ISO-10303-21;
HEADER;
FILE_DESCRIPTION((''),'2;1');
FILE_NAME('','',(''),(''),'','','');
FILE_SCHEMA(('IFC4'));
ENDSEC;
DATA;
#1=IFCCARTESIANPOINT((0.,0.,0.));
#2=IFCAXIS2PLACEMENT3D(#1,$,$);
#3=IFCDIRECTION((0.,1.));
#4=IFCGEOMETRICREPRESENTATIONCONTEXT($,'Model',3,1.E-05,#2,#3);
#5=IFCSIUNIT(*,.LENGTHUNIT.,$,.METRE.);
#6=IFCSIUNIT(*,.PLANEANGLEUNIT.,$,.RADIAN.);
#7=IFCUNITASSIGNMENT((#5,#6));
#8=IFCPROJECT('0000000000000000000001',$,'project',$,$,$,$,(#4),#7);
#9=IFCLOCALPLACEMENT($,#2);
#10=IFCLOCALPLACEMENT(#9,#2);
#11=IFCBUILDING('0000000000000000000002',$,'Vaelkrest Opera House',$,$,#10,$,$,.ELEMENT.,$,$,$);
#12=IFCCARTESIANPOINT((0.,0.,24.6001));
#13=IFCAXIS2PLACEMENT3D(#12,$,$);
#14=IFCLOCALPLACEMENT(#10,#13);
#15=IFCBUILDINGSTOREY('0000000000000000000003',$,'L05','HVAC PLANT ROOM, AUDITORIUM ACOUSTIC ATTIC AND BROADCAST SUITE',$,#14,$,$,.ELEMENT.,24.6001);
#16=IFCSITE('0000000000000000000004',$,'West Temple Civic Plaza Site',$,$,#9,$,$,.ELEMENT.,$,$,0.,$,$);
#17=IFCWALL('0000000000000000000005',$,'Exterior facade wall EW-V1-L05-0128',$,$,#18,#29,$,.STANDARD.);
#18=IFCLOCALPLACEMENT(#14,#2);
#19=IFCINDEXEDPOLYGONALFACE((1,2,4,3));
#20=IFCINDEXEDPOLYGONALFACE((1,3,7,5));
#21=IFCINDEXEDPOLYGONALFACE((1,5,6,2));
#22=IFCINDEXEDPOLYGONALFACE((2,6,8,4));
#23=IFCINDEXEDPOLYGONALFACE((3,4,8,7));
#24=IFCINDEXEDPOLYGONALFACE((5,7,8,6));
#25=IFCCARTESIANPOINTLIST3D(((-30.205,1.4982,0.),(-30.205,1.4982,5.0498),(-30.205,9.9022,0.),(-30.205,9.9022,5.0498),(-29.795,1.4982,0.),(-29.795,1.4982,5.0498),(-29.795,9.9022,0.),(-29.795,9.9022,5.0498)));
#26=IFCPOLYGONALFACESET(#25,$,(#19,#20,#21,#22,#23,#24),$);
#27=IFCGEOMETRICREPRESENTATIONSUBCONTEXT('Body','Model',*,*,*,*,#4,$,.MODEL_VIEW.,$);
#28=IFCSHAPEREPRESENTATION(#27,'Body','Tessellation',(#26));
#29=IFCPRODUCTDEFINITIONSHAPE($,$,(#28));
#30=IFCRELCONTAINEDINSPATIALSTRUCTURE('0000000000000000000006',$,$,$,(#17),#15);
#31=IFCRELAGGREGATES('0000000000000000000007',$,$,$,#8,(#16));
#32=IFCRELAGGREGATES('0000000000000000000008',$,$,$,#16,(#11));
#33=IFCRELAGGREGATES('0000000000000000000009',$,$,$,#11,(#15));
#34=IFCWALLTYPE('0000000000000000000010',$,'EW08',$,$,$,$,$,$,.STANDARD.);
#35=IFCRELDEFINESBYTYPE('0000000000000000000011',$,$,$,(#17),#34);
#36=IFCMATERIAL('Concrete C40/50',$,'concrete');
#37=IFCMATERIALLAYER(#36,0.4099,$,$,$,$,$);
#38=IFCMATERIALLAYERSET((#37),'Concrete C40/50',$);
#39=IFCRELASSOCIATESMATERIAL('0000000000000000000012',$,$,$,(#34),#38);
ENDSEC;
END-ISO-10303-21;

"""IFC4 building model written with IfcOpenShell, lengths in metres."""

from ifc_helpers import new_model, si_unit, direction, frame, frame_2d, origin, place, context, subcontext, project, spatial, rectangle, extrude, material, layer, layer_set, type_object, element, save


model = new_model("IFC4")

# Units and contexts
model_context = context("Model", 3, precision=1e-05, world=origin(), true_north=direction((0.0, 1.0)))
body_context = subcontext(model_context, "Body", "Model", "MODEL_VIEW")
ifc_project = project(units=[si_unit("LENGTHUNIT", "METRE"), si_unit("PLANEANGLEUNIT", "RADIAN")], contexts=[model_context])

# Site, building, storey
site_placement = place(None, origin())
site = spatial("IfcSite", under=ifc_project, at=site_placement, Name="West Temple Civic Plaza Site", CompositionType="ELEMENT", RefElevation=0.0)
building_placement = place(site_placement, origin())
building = spatial("IfcBuilding", under=site, at=building_placement, Name="Vaelkrest Opera House", CompositionType="ELEMENT")
storey_placement = place(building_placement, frame((0.0, 0.0, 24.6001)))
storey = spatial("IfcBuildingStorey", under=building, at=storey_placement, Name="L05", Description="HVAC PLANT ROOM, AUDITORIUM ACOUSTIC ATTIC AND BROADCAST SUITE", CompositionType="ELEMENT", Elevation=24.6001)

# Wall
ifc_material_1 = material(Name="Concrete C40/50", Category="concrete")
ifc_layer_1 = layer(ifc_material_1, 0.4099)
ifc_layer_set_1 = layer_set([ifc_layer_1], Name="Concrete C40/50")
wall_type = type_object("IfcWallType", Name="EW08", PredefinedType="STANDARD", material=ifc_layer_set_1)
wall_placement = place(storey_placement, frame((-30.0, 1.498, 0.0), z_axis=(0.0, 0.0, 1.0), x_axis=(0.0, 1.0, 0.0)))
element("IfcWall", 1, at=wall_placement, inside=storey, type_object=wall_type, Name="Exterior facade wall EW-V1-L05-0128", PredefinedType="STANDARD", context=body_context, shape_type="SweptSolid", body=[
    extrude(rectangle(XDim=8.4041, YDim=0.4099, at=frame_2d((4.2021, 0.0))), origin(), (0.0, 0.0, 1.0), 5.0498),
])

save(model, "model.ifc")
